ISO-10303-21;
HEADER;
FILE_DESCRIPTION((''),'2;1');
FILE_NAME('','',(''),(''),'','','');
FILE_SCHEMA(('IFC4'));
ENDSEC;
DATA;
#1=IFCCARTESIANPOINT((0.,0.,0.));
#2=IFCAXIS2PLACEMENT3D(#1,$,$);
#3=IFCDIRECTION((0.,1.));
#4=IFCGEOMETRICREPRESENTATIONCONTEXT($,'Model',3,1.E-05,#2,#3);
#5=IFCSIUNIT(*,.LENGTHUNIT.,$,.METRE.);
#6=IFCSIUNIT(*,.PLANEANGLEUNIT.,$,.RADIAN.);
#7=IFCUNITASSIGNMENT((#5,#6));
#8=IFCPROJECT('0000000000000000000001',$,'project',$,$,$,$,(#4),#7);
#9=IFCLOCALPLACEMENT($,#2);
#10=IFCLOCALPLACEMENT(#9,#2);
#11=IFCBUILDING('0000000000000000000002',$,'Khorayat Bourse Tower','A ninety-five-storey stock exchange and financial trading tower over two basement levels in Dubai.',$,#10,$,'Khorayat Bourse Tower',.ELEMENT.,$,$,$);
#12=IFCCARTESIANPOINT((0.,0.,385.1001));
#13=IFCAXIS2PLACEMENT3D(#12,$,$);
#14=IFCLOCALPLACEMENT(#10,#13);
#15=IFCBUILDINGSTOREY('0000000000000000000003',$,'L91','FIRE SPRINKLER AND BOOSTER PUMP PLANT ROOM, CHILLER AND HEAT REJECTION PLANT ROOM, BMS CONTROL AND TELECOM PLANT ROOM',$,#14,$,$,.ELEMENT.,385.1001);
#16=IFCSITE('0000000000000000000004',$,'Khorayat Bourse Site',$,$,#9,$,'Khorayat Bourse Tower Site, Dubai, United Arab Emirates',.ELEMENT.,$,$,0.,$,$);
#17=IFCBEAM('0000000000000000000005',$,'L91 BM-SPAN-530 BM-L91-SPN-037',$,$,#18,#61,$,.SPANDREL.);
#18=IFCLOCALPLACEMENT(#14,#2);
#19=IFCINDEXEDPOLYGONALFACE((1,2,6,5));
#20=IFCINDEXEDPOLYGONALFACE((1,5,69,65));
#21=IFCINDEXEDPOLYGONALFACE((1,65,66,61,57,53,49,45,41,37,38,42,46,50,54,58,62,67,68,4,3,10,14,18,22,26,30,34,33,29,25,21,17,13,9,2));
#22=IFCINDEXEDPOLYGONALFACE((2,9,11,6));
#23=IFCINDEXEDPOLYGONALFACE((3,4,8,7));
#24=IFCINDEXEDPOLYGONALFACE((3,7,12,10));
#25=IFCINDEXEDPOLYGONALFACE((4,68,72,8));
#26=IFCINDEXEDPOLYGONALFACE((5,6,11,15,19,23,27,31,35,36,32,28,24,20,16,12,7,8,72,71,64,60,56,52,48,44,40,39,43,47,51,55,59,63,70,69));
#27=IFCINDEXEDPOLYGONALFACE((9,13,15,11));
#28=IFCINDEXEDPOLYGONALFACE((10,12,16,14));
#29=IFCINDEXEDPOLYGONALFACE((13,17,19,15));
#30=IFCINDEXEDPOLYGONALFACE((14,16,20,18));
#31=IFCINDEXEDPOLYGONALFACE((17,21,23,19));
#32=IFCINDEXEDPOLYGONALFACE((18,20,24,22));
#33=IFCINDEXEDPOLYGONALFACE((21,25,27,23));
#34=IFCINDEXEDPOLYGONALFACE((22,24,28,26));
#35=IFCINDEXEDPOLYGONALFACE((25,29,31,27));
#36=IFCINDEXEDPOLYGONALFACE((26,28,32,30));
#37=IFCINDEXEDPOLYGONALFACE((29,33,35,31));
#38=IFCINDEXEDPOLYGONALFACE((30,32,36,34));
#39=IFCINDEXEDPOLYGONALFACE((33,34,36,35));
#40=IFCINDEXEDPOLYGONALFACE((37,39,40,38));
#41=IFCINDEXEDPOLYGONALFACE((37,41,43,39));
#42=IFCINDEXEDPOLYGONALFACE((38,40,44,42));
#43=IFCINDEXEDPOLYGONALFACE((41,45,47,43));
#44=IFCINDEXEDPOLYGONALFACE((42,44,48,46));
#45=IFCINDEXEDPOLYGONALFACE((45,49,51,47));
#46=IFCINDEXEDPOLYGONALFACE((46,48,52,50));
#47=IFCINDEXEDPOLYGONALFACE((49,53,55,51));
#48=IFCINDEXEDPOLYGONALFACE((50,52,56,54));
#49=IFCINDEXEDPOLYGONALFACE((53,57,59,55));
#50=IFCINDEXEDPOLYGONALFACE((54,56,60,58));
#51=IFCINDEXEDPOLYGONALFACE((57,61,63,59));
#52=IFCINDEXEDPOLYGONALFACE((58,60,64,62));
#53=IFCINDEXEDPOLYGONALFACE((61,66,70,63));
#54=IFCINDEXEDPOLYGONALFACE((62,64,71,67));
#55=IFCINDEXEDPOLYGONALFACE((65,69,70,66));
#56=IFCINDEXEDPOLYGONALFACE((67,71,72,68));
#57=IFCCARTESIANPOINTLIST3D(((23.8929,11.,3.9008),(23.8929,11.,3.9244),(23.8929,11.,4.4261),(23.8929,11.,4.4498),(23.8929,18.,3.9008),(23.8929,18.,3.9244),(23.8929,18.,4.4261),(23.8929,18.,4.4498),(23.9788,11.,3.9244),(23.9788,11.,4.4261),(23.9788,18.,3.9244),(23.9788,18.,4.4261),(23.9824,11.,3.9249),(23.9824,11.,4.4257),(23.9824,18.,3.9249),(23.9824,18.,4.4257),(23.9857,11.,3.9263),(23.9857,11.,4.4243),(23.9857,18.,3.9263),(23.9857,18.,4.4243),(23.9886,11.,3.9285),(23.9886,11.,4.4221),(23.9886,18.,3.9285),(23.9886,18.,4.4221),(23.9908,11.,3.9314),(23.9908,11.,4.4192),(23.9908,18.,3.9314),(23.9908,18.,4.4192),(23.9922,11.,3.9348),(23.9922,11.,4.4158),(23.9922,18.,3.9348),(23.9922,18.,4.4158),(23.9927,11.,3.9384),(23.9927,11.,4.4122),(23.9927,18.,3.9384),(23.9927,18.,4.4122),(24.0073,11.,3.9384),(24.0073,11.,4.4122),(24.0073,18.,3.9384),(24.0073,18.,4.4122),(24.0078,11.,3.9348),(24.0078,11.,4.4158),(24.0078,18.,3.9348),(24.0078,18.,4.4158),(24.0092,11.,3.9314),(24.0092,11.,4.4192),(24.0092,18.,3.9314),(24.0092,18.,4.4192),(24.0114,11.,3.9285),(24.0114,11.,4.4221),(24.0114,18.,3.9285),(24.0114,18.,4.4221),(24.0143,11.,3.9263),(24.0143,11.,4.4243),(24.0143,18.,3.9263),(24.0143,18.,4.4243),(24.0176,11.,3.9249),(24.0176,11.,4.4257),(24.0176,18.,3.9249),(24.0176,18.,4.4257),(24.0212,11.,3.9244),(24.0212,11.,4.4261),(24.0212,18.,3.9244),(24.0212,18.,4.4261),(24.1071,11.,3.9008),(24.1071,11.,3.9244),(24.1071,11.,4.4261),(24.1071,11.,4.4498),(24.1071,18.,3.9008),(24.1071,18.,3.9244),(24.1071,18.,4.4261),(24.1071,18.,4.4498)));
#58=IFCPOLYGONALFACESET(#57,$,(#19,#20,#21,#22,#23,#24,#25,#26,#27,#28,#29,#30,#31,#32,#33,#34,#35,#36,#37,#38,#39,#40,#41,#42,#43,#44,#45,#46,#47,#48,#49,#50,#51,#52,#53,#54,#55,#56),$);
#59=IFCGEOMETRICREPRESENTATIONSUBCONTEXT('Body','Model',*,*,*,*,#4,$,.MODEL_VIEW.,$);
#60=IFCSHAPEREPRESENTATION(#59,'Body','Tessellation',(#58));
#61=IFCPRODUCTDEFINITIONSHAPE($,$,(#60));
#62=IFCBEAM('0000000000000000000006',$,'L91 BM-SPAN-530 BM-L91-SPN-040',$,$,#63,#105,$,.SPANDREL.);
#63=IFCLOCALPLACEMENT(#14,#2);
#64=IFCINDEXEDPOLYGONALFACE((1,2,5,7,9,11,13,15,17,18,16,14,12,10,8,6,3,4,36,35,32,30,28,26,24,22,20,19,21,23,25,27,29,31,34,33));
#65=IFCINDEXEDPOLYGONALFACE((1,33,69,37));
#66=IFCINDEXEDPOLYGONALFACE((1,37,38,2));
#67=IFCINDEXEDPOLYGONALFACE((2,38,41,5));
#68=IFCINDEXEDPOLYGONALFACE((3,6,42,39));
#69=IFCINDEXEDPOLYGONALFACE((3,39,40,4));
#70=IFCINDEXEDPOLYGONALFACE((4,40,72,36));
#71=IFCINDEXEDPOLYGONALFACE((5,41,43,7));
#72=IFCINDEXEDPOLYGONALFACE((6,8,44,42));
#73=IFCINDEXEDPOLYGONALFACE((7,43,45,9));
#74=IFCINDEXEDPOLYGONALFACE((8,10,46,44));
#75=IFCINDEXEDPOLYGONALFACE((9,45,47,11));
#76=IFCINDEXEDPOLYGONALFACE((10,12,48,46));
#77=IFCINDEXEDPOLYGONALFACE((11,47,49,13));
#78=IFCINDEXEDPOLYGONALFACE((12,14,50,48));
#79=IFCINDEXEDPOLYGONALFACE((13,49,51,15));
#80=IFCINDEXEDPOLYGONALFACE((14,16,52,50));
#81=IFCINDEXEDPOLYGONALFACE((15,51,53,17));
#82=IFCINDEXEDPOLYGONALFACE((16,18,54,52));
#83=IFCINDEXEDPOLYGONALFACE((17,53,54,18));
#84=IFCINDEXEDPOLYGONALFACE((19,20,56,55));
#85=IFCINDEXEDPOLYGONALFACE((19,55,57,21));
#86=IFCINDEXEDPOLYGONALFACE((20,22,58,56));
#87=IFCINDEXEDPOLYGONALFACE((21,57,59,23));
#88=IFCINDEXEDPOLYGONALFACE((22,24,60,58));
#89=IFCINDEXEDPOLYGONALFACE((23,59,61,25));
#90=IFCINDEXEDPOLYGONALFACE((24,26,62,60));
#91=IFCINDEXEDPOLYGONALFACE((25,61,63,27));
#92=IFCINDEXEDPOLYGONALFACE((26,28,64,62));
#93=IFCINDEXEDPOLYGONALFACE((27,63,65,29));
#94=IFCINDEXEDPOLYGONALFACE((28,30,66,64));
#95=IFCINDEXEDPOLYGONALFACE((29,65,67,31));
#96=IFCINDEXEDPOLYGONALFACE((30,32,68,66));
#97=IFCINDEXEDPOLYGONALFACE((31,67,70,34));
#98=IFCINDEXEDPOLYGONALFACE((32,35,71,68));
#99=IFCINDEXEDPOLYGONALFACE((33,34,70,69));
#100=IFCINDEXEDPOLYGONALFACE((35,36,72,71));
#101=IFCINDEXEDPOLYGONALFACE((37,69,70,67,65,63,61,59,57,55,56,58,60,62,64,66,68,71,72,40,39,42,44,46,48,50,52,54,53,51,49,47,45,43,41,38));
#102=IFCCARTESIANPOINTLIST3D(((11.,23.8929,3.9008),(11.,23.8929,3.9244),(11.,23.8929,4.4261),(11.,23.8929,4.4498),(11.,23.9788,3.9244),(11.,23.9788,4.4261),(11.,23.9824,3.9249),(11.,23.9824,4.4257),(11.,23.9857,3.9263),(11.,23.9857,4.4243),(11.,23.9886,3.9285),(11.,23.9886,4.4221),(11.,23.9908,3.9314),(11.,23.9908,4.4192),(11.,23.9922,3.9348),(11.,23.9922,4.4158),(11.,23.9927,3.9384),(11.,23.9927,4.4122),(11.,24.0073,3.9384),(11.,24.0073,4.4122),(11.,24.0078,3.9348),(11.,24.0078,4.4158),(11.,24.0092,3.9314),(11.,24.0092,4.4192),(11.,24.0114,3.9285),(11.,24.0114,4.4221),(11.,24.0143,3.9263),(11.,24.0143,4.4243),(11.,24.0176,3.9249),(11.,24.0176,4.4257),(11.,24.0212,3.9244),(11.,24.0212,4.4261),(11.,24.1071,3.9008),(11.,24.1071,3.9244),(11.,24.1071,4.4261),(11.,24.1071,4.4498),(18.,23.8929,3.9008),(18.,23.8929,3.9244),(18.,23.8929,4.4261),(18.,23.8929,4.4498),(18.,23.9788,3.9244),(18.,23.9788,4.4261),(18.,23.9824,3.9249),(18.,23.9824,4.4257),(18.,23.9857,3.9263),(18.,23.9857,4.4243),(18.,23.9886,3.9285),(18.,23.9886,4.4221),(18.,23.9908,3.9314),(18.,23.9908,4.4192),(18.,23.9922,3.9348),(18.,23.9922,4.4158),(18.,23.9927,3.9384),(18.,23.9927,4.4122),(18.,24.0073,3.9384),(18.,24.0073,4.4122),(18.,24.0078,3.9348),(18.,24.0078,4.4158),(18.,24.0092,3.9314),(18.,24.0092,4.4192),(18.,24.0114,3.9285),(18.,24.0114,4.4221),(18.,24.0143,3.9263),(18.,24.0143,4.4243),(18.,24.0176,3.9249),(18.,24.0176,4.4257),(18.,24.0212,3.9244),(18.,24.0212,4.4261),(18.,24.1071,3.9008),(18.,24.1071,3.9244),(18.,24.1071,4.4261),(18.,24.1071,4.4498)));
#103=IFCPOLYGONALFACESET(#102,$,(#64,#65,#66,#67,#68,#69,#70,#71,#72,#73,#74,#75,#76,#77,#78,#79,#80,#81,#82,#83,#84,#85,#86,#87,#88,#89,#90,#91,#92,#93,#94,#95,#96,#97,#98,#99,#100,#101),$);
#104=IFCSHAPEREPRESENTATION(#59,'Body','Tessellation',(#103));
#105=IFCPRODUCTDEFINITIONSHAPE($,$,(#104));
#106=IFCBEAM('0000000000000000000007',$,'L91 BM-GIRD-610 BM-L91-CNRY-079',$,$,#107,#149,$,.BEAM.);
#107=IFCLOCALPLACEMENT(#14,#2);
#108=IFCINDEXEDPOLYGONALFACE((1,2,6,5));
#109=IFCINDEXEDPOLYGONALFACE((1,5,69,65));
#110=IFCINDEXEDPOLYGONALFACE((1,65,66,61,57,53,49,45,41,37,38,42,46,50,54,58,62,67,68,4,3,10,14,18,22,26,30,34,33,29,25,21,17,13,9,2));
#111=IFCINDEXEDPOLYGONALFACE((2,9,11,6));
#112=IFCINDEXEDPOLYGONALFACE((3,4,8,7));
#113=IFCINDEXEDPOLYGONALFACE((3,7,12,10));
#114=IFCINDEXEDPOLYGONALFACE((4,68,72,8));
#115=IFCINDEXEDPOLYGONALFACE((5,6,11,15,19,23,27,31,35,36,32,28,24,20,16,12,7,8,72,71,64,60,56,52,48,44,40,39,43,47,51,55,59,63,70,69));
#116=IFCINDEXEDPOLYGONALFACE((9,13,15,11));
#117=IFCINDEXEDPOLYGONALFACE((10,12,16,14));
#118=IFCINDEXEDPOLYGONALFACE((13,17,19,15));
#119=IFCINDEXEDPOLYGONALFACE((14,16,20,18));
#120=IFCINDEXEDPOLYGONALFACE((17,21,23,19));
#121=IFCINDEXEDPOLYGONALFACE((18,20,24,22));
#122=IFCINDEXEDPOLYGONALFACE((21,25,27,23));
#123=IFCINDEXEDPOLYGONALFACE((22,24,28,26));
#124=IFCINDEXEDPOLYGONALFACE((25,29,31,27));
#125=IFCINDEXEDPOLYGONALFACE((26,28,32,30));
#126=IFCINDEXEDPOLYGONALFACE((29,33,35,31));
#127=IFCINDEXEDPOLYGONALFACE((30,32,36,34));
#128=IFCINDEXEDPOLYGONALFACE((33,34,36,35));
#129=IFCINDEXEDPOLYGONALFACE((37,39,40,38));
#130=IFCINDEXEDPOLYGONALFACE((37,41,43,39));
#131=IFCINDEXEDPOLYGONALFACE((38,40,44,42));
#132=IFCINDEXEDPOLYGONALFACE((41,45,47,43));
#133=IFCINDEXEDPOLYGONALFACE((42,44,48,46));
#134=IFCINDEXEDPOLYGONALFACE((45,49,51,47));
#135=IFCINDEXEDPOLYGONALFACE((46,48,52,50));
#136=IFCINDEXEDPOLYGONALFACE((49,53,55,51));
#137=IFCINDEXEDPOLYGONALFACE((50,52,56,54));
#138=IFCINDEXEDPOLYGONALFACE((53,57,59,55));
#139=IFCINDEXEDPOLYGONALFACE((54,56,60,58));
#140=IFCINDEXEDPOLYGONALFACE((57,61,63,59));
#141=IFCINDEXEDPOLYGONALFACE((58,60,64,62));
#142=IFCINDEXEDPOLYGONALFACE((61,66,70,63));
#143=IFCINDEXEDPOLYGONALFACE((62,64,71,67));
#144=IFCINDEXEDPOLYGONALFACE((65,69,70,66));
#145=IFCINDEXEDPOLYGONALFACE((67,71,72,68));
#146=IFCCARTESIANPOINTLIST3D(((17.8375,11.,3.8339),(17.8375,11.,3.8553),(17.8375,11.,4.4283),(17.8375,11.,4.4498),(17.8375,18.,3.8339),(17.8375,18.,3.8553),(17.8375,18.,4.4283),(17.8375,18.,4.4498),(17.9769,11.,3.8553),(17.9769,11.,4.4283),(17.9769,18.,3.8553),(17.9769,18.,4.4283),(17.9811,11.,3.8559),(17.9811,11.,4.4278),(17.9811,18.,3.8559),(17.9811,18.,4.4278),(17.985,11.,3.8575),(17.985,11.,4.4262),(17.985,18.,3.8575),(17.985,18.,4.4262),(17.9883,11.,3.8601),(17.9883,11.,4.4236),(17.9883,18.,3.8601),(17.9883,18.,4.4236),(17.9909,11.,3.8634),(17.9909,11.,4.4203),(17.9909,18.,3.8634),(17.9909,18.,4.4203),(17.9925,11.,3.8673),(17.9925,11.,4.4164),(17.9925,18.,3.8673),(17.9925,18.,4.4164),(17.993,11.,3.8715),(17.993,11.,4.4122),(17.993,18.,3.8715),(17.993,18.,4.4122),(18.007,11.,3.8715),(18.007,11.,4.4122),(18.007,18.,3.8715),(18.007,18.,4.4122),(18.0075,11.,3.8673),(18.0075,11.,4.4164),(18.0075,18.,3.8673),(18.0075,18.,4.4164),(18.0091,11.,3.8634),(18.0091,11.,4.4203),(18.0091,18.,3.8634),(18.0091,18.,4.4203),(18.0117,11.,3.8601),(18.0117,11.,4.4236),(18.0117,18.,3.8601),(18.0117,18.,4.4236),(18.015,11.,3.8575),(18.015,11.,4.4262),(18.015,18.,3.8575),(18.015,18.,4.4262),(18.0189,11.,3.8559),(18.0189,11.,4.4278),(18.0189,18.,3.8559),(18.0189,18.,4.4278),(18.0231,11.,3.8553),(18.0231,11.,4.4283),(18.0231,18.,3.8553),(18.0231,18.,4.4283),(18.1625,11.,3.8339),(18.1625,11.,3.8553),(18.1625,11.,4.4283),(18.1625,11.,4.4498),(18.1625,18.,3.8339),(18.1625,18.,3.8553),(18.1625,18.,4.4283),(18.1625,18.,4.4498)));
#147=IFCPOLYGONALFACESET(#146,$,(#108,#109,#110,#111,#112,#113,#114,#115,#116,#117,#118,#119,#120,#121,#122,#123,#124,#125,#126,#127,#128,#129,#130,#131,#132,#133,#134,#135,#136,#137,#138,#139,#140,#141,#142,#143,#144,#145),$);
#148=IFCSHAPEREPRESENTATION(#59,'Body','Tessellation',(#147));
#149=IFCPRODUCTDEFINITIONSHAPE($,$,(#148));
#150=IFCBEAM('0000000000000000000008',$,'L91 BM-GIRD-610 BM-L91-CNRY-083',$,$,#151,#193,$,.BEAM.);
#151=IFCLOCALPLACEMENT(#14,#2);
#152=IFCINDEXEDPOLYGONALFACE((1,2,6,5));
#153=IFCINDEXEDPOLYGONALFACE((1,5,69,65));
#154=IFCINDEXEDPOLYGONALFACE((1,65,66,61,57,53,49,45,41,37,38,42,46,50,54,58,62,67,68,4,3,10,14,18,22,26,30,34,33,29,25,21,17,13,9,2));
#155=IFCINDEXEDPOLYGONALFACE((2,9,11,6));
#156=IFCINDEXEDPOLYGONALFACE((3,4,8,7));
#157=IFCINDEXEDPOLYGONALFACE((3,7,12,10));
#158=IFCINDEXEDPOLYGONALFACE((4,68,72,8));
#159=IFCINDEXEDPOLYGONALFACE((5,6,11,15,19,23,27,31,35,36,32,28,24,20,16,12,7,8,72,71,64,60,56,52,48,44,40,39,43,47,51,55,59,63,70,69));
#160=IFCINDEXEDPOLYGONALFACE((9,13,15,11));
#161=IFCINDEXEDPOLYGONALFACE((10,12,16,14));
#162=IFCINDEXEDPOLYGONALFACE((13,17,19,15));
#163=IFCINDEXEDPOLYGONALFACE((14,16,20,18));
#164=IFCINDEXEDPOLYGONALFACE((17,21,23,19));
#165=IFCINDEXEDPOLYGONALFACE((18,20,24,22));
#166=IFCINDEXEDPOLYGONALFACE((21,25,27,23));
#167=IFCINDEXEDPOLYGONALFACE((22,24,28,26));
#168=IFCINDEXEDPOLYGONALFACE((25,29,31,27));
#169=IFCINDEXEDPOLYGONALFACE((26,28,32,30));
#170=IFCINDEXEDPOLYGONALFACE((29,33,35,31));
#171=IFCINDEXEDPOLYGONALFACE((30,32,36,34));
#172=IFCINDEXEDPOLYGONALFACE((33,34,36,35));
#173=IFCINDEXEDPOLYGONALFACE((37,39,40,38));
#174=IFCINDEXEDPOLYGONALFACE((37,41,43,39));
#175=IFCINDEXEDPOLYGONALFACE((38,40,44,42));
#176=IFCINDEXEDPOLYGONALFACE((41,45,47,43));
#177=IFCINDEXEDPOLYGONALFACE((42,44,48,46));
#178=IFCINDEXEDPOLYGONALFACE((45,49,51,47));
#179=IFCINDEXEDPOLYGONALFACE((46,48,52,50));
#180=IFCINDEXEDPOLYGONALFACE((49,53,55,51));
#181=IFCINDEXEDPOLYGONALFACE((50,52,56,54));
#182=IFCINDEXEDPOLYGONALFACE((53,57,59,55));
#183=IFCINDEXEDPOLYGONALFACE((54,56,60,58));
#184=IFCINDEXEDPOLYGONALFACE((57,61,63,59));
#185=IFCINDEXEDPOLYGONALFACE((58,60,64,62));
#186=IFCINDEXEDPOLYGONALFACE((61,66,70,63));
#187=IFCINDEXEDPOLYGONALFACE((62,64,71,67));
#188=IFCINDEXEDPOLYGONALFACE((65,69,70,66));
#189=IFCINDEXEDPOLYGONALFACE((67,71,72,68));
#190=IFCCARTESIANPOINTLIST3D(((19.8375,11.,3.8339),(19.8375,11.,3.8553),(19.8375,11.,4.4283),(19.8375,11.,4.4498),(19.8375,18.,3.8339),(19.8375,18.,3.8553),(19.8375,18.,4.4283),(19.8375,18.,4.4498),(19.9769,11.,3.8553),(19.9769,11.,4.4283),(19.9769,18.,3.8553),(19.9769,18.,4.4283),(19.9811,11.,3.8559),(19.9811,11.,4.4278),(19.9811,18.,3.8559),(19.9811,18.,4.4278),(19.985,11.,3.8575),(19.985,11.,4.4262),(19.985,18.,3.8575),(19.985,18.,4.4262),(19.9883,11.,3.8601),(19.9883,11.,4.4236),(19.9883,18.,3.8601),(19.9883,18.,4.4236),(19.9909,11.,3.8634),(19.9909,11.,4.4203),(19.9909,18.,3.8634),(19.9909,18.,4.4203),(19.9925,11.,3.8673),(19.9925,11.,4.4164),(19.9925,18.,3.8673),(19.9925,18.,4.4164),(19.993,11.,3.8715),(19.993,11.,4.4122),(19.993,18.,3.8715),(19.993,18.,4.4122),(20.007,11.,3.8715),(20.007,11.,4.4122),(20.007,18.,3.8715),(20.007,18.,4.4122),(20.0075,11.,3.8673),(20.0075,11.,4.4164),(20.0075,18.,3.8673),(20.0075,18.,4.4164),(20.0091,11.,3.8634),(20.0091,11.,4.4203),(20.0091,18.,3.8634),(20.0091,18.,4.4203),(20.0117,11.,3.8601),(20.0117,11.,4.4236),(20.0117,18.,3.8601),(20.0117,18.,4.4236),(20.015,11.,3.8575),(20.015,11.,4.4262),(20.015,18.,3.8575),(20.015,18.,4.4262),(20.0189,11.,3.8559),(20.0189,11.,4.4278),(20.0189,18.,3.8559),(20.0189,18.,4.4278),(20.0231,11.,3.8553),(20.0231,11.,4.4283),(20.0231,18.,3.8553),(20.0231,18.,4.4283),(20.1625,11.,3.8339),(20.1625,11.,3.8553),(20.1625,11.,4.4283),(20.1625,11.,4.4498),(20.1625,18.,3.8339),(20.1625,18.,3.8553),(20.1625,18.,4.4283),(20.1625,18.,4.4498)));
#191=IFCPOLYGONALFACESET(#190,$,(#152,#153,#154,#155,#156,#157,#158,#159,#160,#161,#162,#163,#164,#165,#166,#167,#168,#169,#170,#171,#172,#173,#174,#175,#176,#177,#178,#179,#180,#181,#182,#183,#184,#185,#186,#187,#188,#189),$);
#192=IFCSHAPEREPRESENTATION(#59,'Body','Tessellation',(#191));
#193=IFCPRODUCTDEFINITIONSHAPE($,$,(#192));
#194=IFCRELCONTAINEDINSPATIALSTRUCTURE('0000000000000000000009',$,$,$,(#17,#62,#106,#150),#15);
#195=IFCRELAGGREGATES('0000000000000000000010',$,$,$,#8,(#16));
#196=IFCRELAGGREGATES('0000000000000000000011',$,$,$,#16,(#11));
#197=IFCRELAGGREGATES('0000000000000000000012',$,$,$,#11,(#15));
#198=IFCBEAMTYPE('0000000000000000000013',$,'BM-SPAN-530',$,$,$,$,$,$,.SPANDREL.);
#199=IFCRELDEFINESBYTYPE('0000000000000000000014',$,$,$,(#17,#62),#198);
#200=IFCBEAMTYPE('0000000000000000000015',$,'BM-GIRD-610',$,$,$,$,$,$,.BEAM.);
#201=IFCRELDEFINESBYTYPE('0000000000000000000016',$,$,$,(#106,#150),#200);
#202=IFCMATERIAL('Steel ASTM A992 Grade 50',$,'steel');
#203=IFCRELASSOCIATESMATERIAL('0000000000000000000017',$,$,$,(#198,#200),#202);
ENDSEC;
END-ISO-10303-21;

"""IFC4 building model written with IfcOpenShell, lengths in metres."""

from ifc_helpers import new_model, si_unit, direction, frame, origin, origin_2d, place, context, subcontext, project, spatial, i_section, extrude, source, transform, mapped, material, material_profile, profile_set, type_object, element, save


model = new_model("IFC4")

# Units and contexts
model_context = context("Model", 3, precision=1e-05, world=origin(), true_north=direction((0.0, 1.0)))
body_context = subcontext(model_context, "Body", "Model", "MODEL_VIEW")
ifc_project = project(units=[si_unit("LENGTHUNIT", "METRE"), si_unit("PLANEANGLEUNIT", "RADIAN")], contexts=[model_context])

# Site, building, storey
site_placement = place(None, origin())
site = spatial("IfcSite", under=ifc_project, at=site_placement, Name="Khorayat Bourse Site", LongName="Khorayat Bourse Tower Site, Dubai, United Arab Emirates", CompositionType="ELEMENT", RefElevation=0.0)
building_placement = place(site_placement, origin())
building = spatial("IfcBuilding", under=site, at=building_placement, Name="Khorayat Bourse Tower", Description="A ninety-five-storey stock exchange and financial trading tower over two basement levels in Dubai.", LongName="Khorayat Bourse Tower", CompositionType="ELEMENT")
storey_placement = place(building_placement, frame((0.0, 0.0, 385.1001)))
storey = spatial("IfcBuildingStorey", under=building, at=storey_placement, Name="L91", Description="FIRE SPRINKLER AND BOOSTER PUMP PLANT ROOM, CHILLER AND HEAT REJECTION PLANT ROOM, BMS CONTROL AND TELECOM PLANT ROOM", CompositionType="ELEMENT", Elevation=385.1001)

# Beams
ifc_material_1 = material(Name="Steel ASTM A992 Grade 50", Category="steel")
ifc_material_profile_1 = material_profile(ifc_material_1, i_section(OverallWidth=0.2141, OverallDepth=0.5491, WebThickness=0.0146, FlangeThickness=0.0237, FilletRadius=0.0139, at=origin_2d()), Name="W530X138")
ifc_profile_set_1 = profile_set([ifc_material_profile_1], Name="Steel ASTM A992 Grade 50")
beam_type_1 = type_object("IfcBeamType", Name="BM-SPAN-530", PredefinedType="SPANDREL", material=ifc_profile_set_1)
shared_shape_1 = source(origin(), body_context, "Body", "SweptSolid", [
    extrude(i_section(OverallWidth=0.2141, OverallDepth=0.5491, WebThickness=0.0146, FlangeThickness=0.0237, FilletRadius=0.0139, at=origin_2d()), origin(), (0.0, 0.0, 1.0), 7.0),
])
for number, where, z_axis, x_axis, name in (
    (1, (24.0, 11.0, 4.1753), (0.0, 1.0, 0.0), (-1.0, 0.0, 0.0), "L91 BM-SPAN-530 BM-L91-SPN-037"),
    (2, (11.0, 24.0, 4.1753), (1.0, 0.0, 0.0), (0.0, 1.0, 0.0), "L91 BM-SPAN-530 BM-L91-SPN-040"),
):
    element("IfcBeam", number, at=place(storey_placement, frame(where, z_axis=z_axis, x_axis=x_axis)), inside=storey, type_object=beam_type_1, Name=name, PredefinedType="SPANDREL", context=body_context, shape_type="MappedRepresentation", body=[
        mapped(shared_shape_1, transform((0.0, 0.0, 0.0), scale=1.0)),
    ])
ifc_material_profile_2 = material_profile(ifc_material_1, i_section(OverallWidth=0.325, OverallDepth=0.616, WebThickness=0.0139, FlangeThickness=0.0215, FilletRadius=0.0161, at=origin_2d()), Name="W610X174")
ifc_profile_set_2 = profile_set([ifc_material_profile_2], Name="Steel ASTM A992 Grade 50")
beam_type_2 = type_object("IfcBeamType", Name="BM-GIRD-610", PredefinedType="BEAM", material=ifc_profile_set_2)
shared_shape_2 = source(origin(), body_context, "Body", "SweptSolid", [
    extrude(i_section(OverallWidth=0.325, OverallDepth=0.616, WebThickness=0.0139, FlangeThickness=0.0215, FilletRadius=0.0161, at=origin_2d()), origin(), (0.0, 0.0, 1.0), 7.0),
])
for number, where, z_axis, x_axis, name in (
    (3, (18.0, 11.0, 4.1418), (0.0, 1.0, 0.0), (-1.0, 0.0, 0.0), "L91 BM-GIRD-610 BM-L91-CNRY-079"),
    (4, (20.0, 11.0, 4.1418), (0.0, 1.0, 0.0), (-1.0, 0.0, 0.0), "L91 BM-GIRD-610 BM-L91-CNRY-083"),
):
    element("IfcBeam", number, at=place(storey_placement, frame(where, z_axis=z_axis, x_axis=x_axis)), inside=storey, type_object=beam_type_2, Name=name, PredefinedType="BEAM", context=body_context, shape_type="MappedRepresentation", body=[
        mapped(shared_shape_2, transform((0.0, 0.0, 0.0), scale=1.0)),
    ])

save(model, "model.ifc")
